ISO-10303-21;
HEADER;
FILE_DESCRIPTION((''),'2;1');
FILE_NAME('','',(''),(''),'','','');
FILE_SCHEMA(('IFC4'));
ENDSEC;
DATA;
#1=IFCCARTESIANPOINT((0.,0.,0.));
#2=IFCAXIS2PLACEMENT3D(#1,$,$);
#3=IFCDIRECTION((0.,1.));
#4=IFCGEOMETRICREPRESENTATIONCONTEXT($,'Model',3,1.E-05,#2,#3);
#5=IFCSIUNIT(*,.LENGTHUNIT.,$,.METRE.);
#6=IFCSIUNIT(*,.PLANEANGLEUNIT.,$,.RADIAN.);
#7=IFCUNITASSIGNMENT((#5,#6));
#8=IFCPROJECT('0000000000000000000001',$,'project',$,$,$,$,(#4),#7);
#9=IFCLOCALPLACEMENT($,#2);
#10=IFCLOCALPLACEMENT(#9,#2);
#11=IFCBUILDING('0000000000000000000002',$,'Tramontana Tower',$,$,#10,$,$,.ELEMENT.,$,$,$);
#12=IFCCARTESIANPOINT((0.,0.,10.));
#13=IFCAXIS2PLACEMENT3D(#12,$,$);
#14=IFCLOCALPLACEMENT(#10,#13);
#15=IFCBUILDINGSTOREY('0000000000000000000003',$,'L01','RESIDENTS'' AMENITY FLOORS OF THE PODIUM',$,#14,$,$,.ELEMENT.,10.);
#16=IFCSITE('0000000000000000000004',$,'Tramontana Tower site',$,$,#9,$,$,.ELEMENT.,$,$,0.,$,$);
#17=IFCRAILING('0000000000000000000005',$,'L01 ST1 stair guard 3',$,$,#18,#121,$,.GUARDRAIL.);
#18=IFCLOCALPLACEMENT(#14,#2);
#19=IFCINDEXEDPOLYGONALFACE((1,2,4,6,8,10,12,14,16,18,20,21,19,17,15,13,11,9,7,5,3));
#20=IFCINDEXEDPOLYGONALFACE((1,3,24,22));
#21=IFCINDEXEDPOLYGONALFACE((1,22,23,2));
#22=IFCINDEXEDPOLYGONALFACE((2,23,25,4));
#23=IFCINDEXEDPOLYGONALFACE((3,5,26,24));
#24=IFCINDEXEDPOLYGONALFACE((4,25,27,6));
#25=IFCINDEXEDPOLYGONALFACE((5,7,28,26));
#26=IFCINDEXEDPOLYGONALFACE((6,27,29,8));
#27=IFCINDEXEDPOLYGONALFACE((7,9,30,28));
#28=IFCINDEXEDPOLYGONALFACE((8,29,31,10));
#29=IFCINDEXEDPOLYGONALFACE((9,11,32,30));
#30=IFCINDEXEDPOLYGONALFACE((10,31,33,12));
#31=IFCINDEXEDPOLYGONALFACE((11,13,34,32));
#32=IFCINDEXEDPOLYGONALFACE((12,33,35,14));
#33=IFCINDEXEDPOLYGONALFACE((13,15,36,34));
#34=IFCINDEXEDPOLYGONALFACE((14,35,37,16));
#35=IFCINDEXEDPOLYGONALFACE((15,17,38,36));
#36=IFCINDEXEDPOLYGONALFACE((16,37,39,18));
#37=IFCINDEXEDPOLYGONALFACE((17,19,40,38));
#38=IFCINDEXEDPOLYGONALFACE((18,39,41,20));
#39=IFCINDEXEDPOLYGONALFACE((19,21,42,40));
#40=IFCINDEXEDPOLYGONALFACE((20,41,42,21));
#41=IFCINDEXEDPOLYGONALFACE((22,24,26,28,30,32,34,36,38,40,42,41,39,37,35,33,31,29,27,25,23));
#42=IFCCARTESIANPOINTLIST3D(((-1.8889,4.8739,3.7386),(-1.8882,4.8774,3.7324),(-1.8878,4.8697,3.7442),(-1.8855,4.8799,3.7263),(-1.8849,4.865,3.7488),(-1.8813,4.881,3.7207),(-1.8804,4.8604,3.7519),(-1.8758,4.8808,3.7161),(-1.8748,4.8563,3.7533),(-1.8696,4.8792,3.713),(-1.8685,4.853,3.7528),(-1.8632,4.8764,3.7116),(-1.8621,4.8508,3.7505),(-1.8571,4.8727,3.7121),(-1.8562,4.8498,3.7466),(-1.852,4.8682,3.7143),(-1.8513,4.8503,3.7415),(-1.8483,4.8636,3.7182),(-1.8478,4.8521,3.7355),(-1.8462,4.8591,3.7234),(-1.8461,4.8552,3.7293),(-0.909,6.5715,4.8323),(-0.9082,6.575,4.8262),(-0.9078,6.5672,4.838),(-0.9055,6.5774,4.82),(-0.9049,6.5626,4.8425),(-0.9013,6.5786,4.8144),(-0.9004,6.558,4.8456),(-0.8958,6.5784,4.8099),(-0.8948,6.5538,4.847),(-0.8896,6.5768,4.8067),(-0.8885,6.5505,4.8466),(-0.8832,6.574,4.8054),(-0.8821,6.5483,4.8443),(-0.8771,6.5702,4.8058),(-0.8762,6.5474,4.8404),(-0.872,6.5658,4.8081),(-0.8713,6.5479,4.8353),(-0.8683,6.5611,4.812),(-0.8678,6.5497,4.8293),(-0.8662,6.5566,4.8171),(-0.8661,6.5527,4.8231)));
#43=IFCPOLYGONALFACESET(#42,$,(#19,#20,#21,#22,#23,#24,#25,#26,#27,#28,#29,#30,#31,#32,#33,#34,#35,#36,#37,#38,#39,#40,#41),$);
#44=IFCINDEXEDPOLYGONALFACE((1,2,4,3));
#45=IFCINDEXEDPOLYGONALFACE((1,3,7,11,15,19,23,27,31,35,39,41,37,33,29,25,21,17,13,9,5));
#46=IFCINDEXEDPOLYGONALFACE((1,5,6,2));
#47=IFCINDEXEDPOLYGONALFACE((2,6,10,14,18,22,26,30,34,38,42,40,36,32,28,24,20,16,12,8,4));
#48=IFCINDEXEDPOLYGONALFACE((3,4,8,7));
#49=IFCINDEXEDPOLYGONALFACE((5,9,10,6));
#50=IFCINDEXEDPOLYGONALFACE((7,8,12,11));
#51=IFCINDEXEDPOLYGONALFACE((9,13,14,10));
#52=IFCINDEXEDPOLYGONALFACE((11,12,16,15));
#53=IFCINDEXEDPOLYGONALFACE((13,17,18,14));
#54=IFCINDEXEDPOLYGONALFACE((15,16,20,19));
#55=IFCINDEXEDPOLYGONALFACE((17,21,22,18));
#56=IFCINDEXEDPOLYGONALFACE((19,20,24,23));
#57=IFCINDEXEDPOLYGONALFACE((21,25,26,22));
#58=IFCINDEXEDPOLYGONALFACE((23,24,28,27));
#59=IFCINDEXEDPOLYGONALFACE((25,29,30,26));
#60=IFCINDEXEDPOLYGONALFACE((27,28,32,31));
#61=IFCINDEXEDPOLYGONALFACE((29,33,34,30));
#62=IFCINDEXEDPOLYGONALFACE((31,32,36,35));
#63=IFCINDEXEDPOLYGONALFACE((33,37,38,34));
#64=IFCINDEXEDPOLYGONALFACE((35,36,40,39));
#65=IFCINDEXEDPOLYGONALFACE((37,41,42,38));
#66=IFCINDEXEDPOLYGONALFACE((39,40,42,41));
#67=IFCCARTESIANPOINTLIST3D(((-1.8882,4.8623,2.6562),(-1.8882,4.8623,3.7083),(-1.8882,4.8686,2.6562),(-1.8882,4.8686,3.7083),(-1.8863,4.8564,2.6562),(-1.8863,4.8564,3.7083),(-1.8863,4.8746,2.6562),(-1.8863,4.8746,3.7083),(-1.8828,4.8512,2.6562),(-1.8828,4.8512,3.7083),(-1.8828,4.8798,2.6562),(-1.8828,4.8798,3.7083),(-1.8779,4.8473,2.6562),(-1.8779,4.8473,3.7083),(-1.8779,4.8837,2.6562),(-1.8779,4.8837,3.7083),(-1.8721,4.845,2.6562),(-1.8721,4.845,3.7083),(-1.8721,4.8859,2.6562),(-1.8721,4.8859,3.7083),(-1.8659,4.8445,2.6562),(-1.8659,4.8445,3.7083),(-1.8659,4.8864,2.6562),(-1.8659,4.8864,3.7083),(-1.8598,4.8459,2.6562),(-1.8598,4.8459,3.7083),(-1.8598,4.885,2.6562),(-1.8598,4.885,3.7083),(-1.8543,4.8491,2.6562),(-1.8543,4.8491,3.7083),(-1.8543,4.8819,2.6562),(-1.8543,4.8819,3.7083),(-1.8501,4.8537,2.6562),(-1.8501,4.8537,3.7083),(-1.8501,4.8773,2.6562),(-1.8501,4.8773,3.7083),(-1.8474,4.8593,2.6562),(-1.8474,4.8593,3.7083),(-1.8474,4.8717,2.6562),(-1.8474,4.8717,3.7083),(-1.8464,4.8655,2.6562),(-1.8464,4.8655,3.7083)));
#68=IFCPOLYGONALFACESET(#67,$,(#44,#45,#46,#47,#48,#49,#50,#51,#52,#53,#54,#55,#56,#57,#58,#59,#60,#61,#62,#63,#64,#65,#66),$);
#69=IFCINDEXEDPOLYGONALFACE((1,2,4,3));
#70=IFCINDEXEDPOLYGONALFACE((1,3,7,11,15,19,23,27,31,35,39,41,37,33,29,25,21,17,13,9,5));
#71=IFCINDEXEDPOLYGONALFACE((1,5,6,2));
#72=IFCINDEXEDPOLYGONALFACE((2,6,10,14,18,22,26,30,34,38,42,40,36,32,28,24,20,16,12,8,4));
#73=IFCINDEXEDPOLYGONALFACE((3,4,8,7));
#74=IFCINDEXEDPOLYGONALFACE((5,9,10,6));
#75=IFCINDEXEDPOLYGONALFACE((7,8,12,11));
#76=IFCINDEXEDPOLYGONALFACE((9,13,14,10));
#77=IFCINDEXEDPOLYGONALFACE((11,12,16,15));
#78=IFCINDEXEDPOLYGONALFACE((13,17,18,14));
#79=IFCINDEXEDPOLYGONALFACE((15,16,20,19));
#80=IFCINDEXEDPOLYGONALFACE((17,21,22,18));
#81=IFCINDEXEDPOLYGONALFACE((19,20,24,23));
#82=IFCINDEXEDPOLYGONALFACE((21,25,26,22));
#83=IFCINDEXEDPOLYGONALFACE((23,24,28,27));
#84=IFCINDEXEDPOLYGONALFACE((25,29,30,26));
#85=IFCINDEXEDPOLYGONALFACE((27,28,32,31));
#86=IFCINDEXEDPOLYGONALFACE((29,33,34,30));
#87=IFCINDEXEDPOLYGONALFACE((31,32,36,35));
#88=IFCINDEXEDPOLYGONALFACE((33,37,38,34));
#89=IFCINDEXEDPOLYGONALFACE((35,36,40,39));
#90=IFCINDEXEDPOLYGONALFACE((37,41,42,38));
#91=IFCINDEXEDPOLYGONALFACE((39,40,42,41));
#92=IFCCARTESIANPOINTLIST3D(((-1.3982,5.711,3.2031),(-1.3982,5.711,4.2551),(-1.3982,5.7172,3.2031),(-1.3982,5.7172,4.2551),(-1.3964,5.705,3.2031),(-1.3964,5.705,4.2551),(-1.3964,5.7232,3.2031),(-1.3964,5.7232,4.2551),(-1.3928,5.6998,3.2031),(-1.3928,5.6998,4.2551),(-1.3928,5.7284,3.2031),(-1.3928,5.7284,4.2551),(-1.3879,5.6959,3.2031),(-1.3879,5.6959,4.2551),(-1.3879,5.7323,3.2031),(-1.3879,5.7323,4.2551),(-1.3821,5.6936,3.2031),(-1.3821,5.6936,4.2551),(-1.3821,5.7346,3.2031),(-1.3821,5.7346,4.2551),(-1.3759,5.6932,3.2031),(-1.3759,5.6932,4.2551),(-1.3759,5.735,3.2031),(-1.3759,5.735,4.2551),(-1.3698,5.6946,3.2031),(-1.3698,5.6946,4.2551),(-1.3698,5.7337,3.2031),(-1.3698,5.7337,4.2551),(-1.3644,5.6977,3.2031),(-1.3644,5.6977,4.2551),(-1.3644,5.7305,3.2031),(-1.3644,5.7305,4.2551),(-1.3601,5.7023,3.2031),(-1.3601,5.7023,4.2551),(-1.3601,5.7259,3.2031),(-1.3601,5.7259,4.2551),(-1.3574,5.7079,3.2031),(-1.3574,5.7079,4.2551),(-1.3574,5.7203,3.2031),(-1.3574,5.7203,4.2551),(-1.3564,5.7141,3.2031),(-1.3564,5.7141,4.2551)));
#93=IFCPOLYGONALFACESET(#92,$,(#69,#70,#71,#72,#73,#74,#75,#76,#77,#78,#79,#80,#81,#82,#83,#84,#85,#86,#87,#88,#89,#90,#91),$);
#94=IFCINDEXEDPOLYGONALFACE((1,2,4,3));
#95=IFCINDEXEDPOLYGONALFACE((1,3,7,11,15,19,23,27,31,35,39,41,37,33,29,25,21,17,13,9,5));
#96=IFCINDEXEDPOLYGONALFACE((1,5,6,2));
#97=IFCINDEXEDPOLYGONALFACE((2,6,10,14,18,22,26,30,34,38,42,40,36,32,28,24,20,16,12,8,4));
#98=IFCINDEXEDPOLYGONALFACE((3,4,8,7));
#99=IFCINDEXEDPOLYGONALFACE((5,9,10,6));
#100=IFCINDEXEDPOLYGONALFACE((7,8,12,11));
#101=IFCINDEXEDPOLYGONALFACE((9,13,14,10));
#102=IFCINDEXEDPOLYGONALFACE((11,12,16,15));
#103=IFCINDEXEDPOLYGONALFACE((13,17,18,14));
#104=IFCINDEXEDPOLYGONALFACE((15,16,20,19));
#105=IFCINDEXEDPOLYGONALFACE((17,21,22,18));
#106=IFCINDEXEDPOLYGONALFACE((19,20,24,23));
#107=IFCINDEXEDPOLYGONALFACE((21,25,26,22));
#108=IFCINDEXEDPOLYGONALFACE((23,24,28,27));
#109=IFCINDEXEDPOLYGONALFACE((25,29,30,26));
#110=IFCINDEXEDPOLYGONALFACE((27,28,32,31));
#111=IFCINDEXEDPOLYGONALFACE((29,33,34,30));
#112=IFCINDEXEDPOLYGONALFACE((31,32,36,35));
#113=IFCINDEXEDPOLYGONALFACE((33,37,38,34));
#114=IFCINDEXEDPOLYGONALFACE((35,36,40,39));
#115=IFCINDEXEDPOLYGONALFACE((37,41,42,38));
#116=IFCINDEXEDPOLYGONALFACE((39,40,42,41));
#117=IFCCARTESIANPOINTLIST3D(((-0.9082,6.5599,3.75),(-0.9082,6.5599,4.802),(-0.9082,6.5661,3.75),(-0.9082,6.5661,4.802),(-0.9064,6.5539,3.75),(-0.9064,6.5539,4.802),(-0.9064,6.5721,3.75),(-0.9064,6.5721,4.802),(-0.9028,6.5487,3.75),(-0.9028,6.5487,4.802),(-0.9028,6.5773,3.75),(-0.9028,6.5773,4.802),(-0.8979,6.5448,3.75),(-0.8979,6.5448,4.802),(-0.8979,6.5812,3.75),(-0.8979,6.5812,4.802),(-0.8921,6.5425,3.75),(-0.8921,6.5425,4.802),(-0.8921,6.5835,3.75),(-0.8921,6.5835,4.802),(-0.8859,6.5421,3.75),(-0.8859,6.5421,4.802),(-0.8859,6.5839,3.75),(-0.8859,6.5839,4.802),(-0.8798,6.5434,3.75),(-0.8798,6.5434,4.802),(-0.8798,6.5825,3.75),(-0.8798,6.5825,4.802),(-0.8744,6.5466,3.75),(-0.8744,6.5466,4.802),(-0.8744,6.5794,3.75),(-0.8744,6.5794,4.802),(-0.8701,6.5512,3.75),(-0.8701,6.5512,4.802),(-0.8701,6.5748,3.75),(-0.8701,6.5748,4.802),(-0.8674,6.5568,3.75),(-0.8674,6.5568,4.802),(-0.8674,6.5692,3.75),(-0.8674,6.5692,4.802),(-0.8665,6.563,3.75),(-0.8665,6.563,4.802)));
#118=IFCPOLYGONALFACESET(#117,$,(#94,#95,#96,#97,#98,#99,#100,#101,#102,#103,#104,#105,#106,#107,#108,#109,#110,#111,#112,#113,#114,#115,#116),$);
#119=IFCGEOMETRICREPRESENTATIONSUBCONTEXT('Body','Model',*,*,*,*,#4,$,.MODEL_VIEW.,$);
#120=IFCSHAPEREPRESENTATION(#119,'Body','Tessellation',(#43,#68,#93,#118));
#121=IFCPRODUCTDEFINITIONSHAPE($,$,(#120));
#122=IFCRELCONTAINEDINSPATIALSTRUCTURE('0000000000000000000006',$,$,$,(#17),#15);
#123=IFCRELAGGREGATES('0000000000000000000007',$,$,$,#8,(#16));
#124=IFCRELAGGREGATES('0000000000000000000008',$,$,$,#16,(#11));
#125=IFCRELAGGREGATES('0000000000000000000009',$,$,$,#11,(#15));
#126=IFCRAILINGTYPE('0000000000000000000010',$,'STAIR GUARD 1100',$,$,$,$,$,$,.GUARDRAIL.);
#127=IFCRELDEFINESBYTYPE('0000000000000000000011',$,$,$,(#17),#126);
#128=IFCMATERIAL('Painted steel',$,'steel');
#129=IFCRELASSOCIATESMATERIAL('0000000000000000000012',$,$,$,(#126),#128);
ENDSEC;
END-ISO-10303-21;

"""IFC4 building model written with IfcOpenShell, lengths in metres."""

from ifc_helpers import new_model, si_unit, direction, frame, origin, origin_2d, place, context, subcontext, project, spatial, circle, extrude, material, type_object, element, save


model = new_model("IFC4")

# Units and contexts
model_context = context("Model", 3, precision=1e-05, world=origin(), true_north=direction((0.0, 1.0)))
body_context = subcontext(model_context, "Body", "Model", "MODEL_VIEW")
ifc_project = project(units=[si_unit("LENGTHUNIT", "METRE"), si_unit("PLANEANGLEUNIT", "RADIAN")], contexts=[model_context])

# Site, building, storey
site_placement = place(None, origin())
site = spatial("IfcSite", under=ifc_project, at=site_placement, Name="Tramontana Tower site", CompositionType="ELEMENT", RefElevation=0.0)
building_placement = place(site_placement, origin())
building = spatial("IfcBuilding", under=site, at=building_placement, Name="Tramontana Tower", CompositionType="ELEMENT")
storey_placement = place(building_placement, frame((0.0, 0.0, 10.0)))
storey = spatial("IfcBuildingStorey", under=building, at=storey_placement, Name="L01", Description="RESIDENTS' AMENITY FLOORS OF THE PODIUM", CompositionType="ELEMENT", Elevation=10.0)

# Railing
ifc_material_1 = material(Name="Painted steel", Category="steel")
railing_type_1 = type_object("IfcRailingType", Name="STAIR GUARD 1100", PredefinedType="GUARDRAIL", material=ifc_material_1)
railing_1_placement = place(storey_placement, frame((-1.8674, 4.8655, 2.6562)))
element("IfcRailing", 1, at=railing_1_placement, inside=storey, type_object=railing_type_1, Name="L01 ST1 stair guard 3", PredefinedType="GUARDRAIL", context=body_context, shape_type="SweptSolid", body=[
    extrude(circle(Radius=0.0239, at=origin_2d()), frame((0.0, 0.0, 1.0762), z_axis=(0.436596, 0.756267, 0.487282), x_axis=(-0.866042, 0.49997, 0.0)), (0.0, 0.0, 1.0), 2.2446),
    extrude(circle(Radius=0.021, at=origin_2d()), origin(), (0.0, 0.0, 1.0), 1.052),
    extrude(circle(Radius=0.021, at=origin_2d()), frame((0.49, 0.8486, 0.5469)), (0.0, 0.0, 1.0), 1.052),
    extrude(circle(Radius=0.021, at=origin_2d()), frame((0.98, 1.6975, 1.0938)), (0.0, 0.0, 1.0), 1.052),
])

save(model, "model.ifc")
